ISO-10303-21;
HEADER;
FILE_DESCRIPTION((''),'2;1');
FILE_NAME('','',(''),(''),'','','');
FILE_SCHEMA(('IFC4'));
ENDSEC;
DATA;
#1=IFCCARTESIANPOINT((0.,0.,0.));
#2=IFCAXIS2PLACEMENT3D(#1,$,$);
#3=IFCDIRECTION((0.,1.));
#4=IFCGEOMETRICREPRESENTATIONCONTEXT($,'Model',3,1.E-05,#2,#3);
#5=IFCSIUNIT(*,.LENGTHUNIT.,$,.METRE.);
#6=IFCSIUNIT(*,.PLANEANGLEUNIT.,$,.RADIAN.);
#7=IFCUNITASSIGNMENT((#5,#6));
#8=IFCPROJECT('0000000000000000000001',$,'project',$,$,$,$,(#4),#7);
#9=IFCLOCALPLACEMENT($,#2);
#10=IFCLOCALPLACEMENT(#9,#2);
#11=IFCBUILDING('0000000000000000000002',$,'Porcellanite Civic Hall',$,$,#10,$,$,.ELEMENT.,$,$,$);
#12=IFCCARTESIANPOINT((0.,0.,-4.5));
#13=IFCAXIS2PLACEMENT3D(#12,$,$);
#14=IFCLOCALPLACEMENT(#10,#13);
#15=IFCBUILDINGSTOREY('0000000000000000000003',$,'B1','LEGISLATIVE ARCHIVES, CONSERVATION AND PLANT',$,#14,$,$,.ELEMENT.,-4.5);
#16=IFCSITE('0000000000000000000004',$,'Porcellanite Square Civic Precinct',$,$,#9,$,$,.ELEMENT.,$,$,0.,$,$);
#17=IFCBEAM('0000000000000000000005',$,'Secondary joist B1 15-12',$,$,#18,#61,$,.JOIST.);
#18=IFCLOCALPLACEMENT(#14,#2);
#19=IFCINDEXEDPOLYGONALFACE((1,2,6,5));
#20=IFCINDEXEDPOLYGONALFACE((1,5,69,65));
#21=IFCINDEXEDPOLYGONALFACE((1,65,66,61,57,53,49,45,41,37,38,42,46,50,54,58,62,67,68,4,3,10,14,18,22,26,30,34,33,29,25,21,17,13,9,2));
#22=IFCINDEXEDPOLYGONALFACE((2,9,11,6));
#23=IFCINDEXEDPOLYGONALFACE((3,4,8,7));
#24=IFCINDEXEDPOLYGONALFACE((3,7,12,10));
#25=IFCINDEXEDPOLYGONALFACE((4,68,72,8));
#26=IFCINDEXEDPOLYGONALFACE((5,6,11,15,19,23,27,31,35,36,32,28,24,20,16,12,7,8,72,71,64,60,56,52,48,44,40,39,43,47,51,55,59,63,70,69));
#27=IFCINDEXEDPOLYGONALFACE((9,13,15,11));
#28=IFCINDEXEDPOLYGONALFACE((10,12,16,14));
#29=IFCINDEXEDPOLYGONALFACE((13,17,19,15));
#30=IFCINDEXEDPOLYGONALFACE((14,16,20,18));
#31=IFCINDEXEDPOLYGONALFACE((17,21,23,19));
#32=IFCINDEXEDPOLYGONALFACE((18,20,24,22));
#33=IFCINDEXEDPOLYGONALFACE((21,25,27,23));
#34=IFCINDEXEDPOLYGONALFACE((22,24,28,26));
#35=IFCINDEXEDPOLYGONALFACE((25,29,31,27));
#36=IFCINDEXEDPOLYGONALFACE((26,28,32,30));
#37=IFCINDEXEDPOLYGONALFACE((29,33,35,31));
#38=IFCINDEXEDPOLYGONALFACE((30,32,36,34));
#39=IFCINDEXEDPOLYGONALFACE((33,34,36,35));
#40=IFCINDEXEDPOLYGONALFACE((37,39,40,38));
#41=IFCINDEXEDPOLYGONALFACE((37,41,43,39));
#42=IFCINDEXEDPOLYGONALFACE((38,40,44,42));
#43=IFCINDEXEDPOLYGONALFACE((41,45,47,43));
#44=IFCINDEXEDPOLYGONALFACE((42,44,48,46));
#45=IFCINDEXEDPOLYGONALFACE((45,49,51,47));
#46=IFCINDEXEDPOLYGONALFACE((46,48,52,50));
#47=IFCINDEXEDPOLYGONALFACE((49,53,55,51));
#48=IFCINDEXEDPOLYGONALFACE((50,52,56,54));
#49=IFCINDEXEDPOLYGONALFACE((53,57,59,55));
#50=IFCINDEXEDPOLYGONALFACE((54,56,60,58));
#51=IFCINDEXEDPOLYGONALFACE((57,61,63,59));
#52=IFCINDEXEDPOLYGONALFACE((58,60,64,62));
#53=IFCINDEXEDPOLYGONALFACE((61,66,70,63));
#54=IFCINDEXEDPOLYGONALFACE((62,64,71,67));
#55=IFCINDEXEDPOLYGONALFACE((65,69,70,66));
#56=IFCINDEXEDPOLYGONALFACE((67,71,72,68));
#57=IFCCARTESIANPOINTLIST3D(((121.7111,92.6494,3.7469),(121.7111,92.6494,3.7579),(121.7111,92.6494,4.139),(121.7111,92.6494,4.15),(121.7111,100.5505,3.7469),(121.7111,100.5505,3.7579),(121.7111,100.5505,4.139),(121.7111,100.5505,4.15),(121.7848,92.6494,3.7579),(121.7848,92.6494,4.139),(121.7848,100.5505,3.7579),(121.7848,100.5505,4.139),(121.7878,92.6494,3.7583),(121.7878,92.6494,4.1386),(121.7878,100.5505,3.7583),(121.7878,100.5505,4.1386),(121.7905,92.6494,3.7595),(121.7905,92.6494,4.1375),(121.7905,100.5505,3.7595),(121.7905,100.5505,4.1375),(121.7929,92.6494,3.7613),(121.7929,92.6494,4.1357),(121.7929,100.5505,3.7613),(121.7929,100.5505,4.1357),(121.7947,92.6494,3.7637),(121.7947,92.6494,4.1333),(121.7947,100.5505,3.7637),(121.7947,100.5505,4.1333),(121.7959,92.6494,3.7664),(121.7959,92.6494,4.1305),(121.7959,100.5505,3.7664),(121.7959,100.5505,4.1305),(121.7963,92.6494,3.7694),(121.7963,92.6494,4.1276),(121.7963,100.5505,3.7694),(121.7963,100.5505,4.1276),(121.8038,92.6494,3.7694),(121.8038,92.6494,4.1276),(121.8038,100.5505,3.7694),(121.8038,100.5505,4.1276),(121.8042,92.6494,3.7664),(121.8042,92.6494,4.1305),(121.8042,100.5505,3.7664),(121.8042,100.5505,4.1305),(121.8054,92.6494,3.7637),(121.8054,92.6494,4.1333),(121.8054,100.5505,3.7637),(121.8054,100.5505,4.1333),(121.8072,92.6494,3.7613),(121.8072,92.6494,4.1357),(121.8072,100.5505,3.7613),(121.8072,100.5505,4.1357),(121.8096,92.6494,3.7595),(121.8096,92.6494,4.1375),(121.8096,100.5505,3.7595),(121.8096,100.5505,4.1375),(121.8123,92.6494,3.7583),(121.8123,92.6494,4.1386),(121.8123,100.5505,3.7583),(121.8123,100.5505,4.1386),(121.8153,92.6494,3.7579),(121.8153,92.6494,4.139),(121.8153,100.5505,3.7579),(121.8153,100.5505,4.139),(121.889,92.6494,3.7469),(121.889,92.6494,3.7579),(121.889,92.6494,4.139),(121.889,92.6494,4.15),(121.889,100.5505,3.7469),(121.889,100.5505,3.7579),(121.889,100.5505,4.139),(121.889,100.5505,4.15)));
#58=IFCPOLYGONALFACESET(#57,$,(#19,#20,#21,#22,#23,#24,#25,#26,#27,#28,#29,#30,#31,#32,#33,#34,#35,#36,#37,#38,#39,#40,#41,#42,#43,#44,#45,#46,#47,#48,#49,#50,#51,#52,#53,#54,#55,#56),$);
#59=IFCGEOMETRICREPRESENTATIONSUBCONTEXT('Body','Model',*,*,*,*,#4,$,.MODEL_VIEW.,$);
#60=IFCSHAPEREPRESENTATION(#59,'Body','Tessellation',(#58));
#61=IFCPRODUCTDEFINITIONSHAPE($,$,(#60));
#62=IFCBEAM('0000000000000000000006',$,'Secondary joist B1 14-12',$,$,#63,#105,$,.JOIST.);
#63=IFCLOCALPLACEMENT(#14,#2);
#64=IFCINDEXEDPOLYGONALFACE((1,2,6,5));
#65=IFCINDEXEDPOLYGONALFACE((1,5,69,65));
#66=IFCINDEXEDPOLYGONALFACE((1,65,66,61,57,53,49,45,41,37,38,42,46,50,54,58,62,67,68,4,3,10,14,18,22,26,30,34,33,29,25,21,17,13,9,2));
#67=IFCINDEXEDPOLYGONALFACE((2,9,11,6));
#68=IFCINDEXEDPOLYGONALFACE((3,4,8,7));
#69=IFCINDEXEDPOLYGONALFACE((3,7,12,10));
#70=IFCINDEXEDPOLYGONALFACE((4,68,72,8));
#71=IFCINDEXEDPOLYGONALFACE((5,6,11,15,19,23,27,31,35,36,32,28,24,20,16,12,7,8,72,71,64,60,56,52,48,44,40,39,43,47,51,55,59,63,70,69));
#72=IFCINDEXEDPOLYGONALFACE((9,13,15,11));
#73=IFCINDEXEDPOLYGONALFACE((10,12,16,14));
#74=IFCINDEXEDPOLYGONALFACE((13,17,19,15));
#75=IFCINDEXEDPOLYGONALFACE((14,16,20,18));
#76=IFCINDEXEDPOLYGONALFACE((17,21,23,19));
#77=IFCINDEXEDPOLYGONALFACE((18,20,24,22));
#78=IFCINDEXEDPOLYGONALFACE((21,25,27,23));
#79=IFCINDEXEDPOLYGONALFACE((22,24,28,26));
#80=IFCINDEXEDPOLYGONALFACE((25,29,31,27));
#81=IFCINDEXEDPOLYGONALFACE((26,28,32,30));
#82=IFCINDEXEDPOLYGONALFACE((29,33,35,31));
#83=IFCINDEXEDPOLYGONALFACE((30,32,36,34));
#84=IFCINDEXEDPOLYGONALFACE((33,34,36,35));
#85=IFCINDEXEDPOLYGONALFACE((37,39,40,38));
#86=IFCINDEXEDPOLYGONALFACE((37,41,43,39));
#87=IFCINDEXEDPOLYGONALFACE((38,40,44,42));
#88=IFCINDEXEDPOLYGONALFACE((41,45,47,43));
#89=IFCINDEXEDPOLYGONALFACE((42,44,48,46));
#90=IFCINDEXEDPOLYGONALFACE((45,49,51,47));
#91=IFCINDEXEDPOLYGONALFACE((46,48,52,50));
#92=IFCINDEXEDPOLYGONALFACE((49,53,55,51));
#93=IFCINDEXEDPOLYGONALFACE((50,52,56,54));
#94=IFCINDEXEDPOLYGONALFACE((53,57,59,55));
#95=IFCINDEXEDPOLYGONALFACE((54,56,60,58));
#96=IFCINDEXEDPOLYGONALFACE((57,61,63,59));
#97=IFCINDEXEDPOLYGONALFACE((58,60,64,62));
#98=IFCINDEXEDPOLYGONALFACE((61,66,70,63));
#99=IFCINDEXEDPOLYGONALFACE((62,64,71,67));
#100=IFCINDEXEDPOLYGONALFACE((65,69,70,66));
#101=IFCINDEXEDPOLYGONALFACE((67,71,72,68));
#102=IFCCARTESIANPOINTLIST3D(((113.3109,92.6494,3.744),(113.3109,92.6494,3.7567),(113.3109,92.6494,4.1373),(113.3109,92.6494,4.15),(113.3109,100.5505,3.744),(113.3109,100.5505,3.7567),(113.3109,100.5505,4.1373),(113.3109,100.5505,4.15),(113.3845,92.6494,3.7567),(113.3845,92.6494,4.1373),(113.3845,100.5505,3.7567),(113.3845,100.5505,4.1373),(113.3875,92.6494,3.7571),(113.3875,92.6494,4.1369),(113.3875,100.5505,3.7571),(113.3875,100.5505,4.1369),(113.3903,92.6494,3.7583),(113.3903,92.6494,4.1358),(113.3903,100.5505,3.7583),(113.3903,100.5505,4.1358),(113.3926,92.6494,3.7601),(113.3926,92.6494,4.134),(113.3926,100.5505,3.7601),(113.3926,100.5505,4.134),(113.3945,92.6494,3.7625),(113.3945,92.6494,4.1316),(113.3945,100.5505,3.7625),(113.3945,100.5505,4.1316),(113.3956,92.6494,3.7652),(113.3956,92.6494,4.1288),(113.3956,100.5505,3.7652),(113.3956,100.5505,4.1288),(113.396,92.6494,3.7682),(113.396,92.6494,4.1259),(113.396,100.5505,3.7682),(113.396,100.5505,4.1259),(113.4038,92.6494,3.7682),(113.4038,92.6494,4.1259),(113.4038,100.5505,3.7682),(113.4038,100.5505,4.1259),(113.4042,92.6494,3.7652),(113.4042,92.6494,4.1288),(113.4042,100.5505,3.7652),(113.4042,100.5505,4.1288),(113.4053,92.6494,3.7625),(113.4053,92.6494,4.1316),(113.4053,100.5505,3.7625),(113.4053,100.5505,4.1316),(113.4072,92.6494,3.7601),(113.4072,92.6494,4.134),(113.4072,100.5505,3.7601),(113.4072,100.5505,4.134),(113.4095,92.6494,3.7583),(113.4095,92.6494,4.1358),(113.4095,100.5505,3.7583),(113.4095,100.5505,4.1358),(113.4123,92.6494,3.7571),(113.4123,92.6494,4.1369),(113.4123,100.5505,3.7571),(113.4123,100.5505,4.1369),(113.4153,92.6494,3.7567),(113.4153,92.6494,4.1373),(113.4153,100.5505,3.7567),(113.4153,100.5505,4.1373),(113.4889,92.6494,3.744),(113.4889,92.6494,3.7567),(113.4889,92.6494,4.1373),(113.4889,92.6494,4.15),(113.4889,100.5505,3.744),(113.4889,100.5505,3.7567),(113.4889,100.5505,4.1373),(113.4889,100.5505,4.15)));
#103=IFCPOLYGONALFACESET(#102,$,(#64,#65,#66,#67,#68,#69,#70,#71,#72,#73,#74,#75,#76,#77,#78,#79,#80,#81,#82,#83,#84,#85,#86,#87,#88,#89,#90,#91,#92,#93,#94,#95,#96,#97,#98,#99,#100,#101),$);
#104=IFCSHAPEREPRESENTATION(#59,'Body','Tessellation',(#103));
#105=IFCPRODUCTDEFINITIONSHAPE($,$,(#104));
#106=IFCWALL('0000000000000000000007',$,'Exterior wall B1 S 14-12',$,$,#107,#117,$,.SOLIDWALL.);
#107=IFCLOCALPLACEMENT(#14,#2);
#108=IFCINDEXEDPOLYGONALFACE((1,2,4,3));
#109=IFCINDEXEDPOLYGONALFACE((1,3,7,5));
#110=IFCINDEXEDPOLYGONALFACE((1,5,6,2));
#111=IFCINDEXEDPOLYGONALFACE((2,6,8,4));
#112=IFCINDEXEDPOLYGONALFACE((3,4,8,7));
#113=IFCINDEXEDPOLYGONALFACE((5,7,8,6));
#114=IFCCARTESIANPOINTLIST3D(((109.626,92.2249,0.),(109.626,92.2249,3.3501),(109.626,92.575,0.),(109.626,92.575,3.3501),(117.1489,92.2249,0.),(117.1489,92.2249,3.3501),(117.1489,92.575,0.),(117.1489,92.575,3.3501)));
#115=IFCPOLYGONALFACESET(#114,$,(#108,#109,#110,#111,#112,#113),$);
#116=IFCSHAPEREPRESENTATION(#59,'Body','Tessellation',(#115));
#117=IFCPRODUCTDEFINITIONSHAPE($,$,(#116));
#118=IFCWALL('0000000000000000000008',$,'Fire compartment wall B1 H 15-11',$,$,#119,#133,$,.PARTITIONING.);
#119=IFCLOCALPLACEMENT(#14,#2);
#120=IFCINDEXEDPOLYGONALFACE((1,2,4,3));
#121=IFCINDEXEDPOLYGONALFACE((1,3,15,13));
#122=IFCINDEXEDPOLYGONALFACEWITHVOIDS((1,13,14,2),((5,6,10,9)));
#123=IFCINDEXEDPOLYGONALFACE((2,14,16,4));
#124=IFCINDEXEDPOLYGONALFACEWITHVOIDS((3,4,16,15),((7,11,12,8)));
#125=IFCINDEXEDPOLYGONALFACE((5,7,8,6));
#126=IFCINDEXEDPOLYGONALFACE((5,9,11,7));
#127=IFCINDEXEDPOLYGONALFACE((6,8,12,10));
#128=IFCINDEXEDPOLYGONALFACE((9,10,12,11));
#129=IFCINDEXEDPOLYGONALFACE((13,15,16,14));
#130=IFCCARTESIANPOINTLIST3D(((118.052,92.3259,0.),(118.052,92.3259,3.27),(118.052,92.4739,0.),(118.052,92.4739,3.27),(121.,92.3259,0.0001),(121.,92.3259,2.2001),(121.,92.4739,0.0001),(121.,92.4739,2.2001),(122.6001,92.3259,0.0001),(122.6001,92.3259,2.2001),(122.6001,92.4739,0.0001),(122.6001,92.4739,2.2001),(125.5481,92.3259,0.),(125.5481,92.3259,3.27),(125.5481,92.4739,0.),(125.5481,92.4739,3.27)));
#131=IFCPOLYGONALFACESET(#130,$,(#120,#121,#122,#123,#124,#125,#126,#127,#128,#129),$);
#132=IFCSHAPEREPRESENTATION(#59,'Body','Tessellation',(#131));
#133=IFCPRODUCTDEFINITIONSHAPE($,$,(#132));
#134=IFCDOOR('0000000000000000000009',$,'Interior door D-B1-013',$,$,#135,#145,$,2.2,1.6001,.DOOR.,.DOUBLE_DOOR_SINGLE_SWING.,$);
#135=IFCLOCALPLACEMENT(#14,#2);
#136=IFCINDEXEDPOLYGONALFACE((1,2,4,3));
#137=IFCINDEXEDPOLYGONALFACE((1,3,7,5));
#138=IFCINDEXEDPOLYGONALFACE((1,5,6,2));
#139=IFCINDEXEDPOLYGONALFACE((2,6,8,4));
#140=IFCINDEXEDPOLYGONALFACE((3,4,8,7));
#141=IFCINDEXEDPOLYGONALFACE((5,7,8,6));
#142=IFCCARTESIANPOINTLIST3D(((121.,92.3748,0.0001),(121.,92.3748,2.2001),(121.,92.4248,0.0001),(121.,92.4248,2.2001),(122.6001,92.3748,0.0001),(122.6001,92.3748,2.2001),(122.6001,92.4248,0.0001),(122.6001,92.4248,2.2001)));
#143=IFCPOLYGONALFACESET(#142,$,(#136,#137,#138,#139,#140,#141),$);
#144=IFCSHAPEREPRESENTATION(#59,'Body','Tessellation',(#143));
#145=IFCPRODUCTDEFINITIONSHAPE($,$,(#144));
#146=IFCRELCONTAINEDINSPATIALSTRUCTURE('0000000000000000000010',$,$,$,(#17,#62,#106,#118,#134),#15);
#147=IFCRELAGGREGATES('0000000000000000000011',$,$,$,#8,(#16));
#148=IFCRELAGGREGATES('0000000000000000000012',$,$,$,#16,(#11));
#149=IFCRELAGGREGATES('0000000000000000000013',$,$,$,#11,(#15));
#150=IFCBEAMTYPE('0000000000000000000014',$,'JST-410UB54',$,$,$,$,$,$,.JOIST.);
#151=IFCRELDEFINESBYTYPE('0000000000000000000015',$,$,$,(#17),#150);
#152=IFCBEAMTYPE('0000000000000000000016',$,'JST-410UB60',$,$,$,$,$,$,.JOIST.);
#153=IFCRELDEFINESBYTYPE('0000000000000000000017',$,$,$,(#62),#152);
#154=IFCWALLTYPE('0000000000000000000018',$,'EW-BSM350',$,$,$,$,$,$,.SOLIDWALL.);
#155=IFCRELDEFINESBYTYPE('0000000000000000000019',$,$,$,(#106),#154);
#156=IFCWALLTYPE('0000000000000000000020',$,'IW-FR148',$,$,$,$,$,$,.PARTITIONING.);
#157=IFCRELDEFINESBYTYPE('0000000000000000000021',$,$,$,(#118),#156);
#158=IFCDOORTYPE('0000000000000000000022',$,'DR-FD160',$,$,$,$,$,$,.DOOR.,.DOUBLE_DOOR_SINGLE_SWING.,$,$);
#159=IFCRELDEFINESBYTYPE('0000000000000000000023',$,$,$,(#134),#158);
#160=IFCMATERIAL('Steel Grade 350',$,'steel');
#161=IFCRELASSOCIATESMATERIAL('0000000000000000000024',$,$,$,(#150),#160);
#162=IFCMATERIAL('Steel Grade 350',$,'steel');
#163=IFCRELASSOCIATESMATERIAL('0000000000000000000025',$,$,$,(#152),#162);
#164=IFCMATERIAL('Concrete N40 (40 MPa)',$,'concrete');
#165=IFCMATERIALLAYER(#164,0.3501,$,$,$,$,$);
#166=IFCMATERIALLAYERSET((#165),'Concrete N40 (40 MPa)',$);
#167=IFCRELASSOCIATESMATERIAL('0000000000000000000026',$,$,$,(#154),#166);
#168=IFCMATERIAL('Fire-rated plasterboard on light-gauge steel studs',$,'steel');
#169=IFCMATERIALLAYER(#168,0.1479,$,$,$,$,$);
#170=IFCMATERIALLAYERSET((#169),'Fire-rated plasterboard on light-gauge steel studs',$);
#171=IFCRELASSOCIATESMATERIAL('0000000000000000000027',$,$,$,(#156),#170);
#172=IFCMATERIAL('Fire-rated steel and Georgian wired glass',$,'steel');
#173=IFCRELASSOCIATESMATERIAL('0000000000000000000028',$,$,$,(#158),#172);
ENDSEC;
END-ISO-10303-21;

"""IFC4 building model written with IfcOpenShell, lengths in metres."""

from ifc_helpers import new_model, si_unit, direction, frame, frame_2d, origin, origin_2d, place, context, subcontext, project, spatial, rectangle, i_section, extrude, material, layer, layer_set, material_profile, profile_set, type_object, element, fill, save


model = new_model("IFC4")

# Units and contexts
model_context = context("Model", 3, precision=1e-05, world=origin(), true_north=direction((0.0, 1.0)))
body_context = subcontext(model_context, "Body", "Model", "MODEL_VIEW")
ifc_project = project(units=[si_unit("LENGTHUNIT", "METRE"), si_unit("PLANEANGLEUNIT", "RADIAN")], contexts=[model_context])

# Site, building, storey
site_placement = place(None, origin())
site = spatial("IfcSite", under=ifc_project, at=site_placement, Name="Porcellanite Square Civic Precinct", CompositionType="ELEMENT", RefElevation=0.0)
building_placement = place(site_placement, origin())
building = spatial("IfcBuilding", under=site, at=building_placement, Name="Porcellanite Civic Hall", CompositionType="ELEMENT")
storey_placement = place(building_placement, frame((0.0, 0.0, -4.5)))
storey = spatial("IfcBuildingStorey", under=building, at=storey_placement, Name="B1", Description="LEGISLATIVE ARCHIVES, CONSERVATION AND PLANT", CompositionType="ELEMENT", Elevation=-4.5)

# Beams
ifc_material_1 = material(Name="Steel Grade 350", Category="steel")
ifc_material_profile_1 = material_profile(ifc_material_1, i_section(OverallWidth=0.178, OverallDepth=0.4031, WebThickness=0.0076, FlangeThickness=0.011, FilletRadius=0.0115, at=origin_2d()), Name="410UB53.7")
ifc_profile_set_1 = profile_set([ifc_material_profile_1], Name="Steel Grade 350")
beam_type_1 = type_object("IfcBeamType", Name="JST-410UB54", PredefinedType="JOIST", material=ifc_profile_set_1)
beam_1_placement = place(storey_placement, frame((121.8, 92.6494, 3.9485), z_axis=(0.0, 1.0, 0.0), x_axis=(-1.0, 0.0, 0.0)))
element("IfcBeam", 1, at=beam_1_placement, inside=storey, type_object=beam_type_1, Name="Secondary joist B1 15-12", PredefinedType="JOIST", context=body_context, shape_type="SweptSolid", body=[
    extrude(i_section(OverallWidth=0.178, OverallDepth=0.4031, WebThickness=0.0076, FlangeThickness=0.011, FilletRadius=0.0115, at=origin_2d()), origin(), (0.0, 0.0, 1.0), 7.9011),
])
ifc_material_2 = material(Name="Steel Grade 350", Category="steel")
ifc_material_profile_2 = material_profile(ifc_material_2, i_section(OverallWidth=0.178, OverallDepth=0.406, WebThickness=0.0078, FlangeThickness=0.0127, FilletRadius=0.0115, at=origin_2d()), Name="410UB59.7")
ifc_profile_set_2 = profile_set([ifc_material_profile_2], Name="Steel Grade 350")
beam_type_2 = type_object("IfcBeamType", Name="JST-410UB60", PredefinedType="JOIST", material=ifc_profile_set_2)
beam_2_placement = place(storey_placement, frame((113.3999, 92.6494, 3.947), z_axis=(0.0, 1.0, 0.0), x_axis=(-1.0, 0.0, 0.0)))
element("IfcBeam", 2, at=beam_2_placement, inside=storey, type_object=beam_type_2, Name="Secondary joist B1 14-12", PredefinedType="JOIST", context=body_context, shape_type="SweptSolid", body=[
    extrude(i_section(OverallWidth=0.178, OverallDepth=0.406, WebThickness=0.0078, FlangeThickness=0.0127, FilletRadius=0.0115, at=origin_2d()), origin(), (0.0, 0.0, 1.0), 7.9011),
])

# Wall
ifc_material_3 = material(Name="Concrete N40 (40 MPa)", Category="concrete")
ifc_layer_1 = layer(ifc_material_3, 0.3501)
ifc_layer_set_1 = layer_set([ifc_layer_1], Name="Concrete N40 (40 MPa)")
wall_type_1 = type_object("IfcWallType", Name="EW-BSM350", PredefinedType="SOLIDWALL", material=ifc_layer_set_1)
wall_1_placement = place(storey_placement, frame((117.1489, 92.3999, 0.0), z_axis=(0.0, 0.0, 1.0), x_axis=(-1.0, 0.0, 0.0)))
element("IfcWall", 3, at=wall_1_placement, inside=storey, type_object=wall_type_1, Name="Exterior wall B1 S 14-12", PredefinedType="SOLIDWALL", context=body_context, shape_type="SweptSolid", body=[
    extrude(rectangle(XDim=7.5229, YDim=0.3501, at=frame_2d((3.7615, 0.0))), origin(), (0.0, 0.0, 1.0), 3.3501),
])

# Wall, opening, door
ifc_material_4 = material(Name="Fire-rated plasterboard on light-gauge steel studs", Category="steel")
ifc_layer_2 = layer(ifc_material_4, 0.1479)
ifc_layer_set_2 = layer_set([ifc_layer_2], Name="Fire-rated plasterboard on light-gauge steel studs")
wall_type_2 = type_object("IfcWallType", Name="IW-FR148", PredefinedType="PARTITIONING", material=ifc_layer_set_2)
wall_2_placement = place(storey_placement, frame((118.052, 92.3999, 0.0), z_axis=(0.0, 0.0, 1.0), x_axis=(1.0, 0.0, 0.0)))
wall_2 = element("IfcWall", 4, at=wall_2_placement, inside=storey, type_object=wall_type_2, Name="Fire compartment wall B1 H 15-11", PredefinedType="PARTITIONING", context=body_context, shape_type="SweptSolid", body=[
    extrude(rectangle(XDim=7.4961, YDim=0.1479, at=frame_2d((3.748, 0.0))), origin(), (0.0, 0.0, 1.0), 3.27),
])
opening_placement = place(wall_2_placement, frame((2.948, 0.0, 0.0)))
opening = element("IfcOpeningElement", 5, at=opening_placement, cuts=wall_2, PredefinedType="OPENING", context=body_context, shape_type="SweptSolid", body=[
    extrude(rectangle(XDim=1.6001, YDim=2.2, at=frame_2d((0.8, 1.1001))), frame((0.0, 0.074, 0.0), z_axis=(0.0, -1.0, 0.0), x_axis=(1.0, 0.0, 0.0)), (0.0, 0.0, 1.0), 0.1479),
])
ifc_material_5 = material(Name="Fire-rated steel and Georgian wired glass", Category="steel")
door_type = type_object("IfcDoorType", Name="DR-FD160", OperationType="DOUBLE_DOOR_SINGLE_SWING", PredefinedType="DOOR", material=ifc_material_5)
door_placement = place(opening_placement, origin())
door = element("IfcDoor", 6, at=door_placement, inside=storey, type_object=door_type, Name="Interior door D-B1-013", OperationType="DOUBLE_DOOR_SINGLE_SWING", OverallHeight=2.2, OverallWidth=1.6001, PredefinedType="DOOR", context=body_context, shape_type="SweptSolid", body=[
    extrude(rectangle(XDim=1.6001, YDim=2.2, at=frame_2d((0.8, 1.1001))), frame((0.0, 0.0249, 0.0), z_axis=(0.0, -1.0, 0.0), x_axis=(1.0, 0.0, 0.0)), (0.0, 0.0, 1.0), 0.05),
])
fill(opening, door)

save(model, "model.ifc")
